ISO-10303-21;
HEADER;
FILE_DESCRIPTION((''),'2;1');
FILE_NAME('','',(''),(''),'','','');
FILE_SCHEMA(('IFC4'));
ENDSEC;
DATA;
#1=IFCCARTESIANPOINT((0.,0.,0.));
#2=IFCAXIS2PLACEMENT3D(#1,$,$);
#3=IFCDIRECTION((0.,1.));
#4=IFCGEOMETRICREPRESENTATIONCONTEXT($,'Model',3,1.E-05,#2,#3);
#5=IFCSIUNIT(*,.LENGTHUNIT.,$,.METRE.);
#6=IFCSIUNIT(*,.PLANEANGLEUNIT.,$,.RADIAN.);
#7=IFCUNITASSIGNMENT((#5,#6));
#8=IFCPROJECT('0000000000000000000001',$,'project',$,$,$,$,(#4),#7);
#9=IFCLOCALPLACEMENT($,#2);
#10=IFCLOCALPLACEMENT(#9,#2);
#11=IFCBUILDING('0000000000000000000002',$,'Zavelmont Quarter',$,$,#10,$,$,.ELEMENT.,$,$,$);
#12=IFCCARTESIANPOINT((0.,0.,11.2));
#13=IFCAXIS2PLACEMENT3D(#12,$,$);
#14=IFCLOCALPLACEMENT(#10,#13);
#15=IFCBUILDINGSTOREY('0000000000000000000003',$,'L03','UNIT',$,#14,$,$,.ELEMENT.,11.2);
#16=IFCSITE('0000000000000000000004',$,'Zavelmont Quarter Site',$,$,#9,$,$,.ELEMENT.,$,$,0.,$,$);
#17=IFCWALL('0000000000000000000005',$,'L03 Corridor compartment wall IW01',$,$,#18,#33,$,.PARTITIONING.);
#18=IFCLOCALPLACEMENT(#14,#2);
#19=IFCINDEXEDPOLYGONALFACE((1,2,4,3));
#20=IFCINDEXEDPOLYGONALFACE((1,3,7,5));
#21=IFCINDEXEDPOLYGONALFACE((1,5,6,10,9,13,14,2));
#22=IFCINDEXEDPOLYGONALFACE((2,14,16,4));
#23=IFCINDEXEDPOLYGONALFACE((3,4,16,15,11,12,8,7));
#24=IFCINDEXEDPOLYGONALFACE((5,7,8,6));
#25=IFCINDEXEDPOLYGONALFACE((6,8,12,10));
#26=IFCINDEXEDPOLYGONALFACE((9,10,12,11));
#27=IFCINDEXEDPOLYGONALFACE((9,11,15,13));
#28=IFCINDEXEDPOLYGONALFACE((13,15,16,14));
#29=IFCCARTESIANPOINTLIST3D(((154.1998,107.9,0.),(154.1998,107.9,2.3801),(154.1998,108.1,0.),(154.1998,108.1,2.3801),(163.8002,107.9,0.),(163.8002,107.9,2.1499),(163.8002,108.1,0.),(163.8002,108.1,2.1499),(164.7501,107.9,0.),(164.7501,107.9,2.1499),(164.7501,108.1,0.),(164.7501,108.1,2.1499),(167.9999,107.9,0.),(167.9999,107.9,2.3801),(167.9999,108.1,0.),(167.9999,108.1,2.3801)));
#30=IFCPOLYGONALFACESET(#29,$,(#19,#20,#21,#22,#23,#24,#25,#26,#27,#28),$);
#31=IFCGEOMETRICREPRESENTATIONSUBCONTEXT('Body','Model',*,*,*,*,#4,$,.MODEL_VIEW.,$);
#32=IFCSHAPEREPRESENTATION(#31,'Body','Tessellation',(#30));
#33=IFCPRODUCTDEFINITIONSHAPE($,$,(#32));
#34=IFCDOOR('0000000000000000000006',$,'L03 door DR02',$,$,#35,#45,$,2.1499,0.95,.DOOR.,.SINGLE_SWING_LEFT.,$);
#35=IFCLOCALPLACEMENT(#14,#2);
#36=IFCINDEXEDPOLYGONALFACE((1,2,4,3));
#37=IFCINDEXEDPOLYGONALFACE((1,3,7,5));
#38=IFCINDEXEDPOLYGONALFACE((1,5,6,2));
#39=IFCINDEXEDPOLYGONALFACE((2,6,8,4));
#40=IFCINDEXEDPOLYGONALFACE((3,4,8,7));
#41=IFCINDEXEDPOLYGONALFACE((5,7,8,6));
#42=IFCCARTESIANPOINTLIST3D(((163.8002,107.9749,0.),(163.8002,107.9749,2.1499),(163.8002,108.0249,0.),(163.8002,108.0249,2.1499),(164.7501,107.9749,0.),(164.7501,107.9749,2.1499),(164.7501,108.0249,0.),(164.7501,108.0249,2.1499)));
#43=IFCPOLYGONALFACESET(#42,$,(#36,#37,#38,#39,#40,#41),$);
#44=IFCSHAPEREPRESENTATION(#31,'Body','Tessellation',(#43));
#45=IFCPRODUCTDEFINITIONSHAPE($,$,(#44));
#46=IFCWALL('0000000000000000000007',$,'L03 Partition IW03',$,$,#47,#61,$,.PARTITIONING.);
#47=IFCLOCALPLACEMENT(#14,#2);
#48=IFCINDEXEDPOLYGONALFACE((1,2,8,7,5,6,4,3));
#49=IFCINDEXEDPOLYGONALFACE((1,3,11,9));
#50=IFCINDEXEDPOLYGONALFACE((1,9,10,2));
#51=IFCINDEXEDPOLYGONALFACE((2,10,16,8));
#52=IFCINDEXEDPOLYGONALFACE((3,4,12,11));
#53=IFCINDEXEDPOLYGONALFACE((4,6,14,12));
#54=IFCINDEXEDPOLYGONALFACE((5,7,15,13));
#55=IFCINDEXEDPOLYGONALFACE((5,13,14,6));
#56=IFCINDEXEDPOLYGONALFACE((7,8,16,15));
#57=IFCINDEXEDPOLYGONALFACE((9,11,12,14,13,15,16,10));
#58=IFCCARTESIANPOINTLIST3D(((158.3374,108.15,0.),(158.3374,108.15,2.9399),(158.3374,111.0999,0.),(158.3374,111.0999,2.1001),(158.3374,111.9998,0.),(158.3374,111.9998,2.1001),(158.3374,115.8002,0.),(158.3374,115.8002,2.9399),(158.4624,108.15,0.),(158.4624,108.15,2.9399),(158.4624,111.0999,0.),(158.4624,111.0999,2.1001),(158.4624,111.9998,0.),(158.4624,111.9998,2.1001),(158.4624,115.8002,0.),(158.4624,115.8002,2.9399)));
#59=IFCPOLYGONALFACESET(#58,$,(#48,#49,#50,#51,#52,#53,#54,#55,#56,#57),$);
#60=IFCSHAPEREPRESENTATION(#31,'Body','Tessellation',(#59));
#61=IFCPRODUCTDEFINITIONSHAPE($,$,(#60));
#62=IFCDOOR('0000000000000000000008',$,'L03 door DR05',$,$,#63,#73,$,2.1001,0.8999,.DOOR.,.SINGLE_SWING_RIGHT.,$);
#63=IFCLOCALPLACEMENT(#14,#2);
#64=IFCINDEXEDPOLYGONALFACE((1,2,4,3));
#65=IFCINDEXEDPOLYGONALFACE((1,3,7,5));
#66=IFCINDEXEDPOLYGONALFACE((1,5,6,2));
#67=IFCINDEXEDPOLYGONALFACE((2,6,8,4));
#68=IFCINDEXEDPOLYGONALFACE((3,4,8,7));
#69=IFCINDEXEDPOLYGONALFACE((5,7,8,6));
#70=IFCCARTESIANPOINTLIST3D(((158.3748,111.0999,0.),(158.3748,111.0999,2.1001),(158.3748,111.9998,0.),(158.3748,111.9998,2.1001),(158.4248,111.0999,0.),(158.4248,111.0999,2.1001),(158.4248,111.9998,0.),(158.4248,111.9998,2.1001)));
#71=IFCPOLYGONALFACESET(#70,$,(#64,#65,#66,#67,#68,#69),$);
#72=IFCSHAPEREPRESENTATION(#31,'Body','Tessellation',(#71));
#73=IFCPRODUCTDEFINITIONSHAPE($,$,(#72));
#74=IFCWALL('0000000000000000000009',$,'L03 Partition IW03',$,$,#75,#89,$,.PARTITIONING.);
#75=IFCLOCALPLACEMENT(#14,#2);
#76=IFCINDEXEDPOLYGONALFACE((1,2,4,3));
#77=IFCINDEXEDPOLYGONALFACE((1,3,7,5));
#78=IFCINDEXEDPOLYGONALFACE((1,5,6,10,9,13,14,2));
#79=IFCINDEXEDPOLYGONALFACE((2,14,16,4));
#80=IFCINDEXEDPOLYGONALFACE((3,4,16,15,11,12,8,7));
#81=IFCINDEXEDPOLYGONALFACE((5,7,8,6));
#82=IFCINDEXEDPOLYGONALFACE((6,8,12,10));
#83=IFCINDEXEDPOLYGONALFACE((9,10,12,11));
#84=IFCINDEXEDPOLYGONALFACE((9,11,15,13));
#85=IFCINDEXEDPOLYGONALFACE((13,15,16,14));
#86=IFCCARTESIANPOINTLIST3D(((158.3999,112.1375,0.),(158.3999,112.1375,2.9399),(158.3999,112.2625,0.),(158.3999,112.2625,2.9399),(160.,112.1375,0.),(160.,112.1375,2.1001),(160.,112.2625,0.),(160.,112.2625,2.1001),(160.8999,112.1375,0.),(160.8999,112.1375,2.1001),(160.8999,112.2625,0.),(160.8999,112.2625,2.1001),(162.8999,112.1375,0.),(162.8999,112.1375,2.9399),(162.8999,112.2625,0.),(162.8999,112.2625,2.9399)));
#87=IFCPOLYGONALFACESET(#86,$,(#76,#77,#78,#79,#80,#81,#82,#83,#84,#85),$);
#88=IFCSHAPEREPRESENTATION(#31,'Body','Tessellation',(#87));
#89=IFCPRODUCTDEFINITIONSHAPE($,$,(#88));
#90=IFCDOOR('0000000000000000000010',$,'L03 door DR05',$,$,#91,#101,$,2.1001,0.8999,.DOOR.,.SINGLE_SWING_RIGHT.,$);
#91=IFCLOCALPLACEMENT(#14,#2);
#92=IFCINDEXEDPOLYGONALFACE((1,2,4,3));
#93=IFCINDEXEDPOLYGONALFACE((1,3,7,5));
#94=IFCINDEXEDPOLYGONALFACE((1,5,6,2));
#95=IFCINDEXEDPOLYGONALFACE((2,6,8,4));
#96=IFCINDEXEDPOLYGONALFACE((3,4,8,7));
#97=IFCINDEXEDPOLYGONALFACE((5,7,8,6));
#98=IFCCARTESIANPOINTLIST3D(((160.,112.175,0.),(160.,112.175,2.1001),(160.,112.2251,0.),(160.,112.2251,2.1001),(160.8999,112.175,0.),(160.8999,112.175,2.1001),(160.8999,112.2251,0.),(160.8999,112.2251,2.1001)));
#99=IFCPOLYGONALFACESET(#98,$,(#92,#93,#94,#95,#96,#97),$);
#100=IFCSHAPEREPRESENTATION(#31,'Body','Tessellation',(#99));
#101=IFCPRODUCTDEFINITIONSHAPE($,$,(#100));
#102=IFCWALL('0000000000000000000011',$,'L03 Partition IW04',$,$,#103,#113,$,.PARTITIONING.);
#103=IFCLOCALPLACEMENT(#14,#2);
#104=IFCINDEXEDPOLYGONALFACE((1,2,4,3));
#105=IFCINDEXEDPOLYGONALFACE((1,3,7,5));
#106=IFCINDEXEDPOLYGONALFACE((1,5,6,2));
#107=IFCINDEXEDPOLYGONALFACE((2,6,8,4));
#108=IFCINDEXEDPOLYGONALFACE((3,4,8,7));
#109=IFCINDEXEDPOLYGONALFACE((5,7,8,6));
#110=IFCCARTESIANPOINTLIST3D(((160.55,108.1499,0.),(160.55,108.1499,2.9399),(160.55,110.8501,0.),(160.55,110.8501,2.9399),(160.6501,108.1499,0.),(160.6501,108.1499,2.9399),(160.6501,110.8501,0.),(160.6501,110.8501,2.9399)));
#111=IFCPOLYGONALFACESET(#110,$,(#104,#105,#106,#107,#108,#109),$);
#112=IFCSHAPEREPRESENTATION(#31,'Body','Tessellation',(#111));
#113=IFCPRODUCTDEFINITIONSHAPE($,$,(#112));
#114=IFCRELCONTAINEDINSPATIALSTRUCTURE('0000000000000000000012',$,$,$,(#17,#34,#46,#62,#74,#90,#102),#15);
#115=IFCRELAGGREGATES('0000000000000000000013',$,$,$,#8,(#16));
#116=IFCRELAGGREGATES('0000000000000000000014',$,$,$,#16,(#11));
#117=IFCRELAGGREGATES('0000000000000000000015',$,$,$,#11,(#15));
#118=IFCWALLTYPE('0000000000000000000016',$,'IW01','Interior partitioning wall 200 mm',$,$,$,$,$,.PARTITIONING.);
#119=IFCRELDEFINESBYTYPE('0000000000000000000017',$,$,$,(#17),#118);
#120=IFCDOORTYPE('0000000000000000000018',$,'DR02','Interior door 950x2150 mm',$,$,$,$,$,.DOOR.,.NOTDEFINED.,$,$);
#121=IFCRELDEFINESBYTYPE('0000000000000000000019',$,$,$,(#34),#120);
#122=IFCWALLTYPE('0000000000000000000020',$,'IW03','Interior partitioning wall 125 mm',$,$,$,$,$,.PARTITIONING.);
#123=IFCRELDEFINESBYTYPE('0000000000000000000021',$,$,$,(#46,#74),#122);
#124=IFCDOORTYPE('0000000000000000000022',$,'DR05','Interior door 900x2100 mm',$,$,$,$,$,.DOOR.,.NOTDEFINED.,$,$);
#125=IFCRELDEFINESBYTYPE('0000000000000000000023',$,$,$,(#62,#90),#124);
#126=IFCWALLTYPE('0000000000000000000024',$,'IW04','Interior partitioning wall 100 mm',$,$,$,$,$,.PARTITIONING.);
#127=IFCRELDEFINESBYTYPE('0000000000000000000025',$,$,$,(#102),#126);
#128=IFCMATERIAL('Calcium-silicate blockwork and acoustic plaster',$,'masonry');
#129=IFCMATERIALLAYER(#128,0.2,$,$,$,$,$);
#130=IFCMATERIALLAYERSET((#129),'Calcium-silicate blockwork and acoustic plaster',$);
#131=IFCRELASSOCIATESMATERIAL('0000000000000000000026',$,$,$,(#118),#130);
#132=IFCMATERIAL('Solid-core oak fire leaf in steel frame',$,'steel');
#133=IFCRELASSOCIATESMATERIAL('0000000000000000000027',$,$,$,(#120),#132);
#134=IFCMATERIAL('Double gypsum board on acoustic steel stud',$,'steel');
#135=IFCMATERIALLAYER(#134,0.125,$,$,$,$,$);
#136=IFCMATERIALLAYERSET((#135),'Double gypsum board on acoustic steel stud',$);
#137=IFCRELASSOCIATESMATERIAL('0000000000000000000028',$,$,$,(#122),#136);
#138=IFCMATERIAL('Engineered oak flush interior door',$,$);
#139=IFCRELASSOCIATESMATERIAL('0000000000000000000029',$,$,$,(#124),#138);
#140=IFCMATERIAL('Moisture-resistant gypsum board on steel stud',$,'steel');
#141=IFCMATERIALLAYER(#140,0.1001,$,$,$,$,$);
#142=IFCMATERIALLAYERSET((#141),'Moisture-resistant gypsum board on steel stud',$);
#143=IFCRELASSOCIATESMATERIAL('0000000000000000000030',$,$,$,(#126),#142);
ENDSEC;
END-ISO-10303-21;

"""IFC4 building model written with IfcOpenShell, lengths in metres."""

from ifc_helpers import new_model, si_unit, direction, frame, frame_2d, origin, origin_with_axes, place, context, subcontext, project, spatial, rectangle, extrude, material, layer, layer_set, type_object, element, fill, save


model = new_model("IFC4")

# Units and contexts
model_context = context("Model", 3, precision=1e-05, world=origin(), true_north=direction((0.0, 1.0)))
body_context = subcontext(model_context, "Body", "Model", "MODEL_VIEW")
ifc_project = project(units=[si_unit("LENGTHUNIT", "METRE"), si_unit("PLANEANGLEUNIT", "RADIAN")], contexts=[model_context])

# Site, building, storey
site_placement = place(None, origin())
site = spatial("IfcSite", under=ifc_project, at=site_placement, Name="Zavelmont Quarter Site", CompositionType="ELEMENT", RefElevation=0.0)
building_placement = place(site_placement, origin())
building = spatial("IfcBuilding", under=site, at=building_placement, Name="Zavelmont Quarter", CompositionType="ELEMENT")
storey_placement = place(building_placement, frame((0.0, 0.0, 11.2)))
storey = spatial("IfcBuildingStorey", under=building, at=storey_placement, Name="L03", Description="UNIT", CompositionType="ELEMENT", Elevation=11.2)

# Shared definitions
ifc_material_1 = material(Name="Calcium-silicate blockwork and acoustic plaster", Category="masonry")
ifc_layer_1 = layer(ifc_material_1, 0.2)
ifc_layer_set_1 = layer_set([ifc_layer_1], Name="Calcium-silicate blockwork and acoustic plaster")
wall_type_1 = type_object("IfcWallType", Name="IW01", Description="Interior partitioning wall 200 mm", PredefinedType="PARTITIONING", material=ifc_layer_set_1)

# Walls, openings, doors
wall_1_placement = place(storey_placement, frame((154.2, 108.0, 0.0), z_axis=(0.0, 0.0, 1.0), x_axis=(1.0, 0.0, 0.0)))
wall_1 = element("IfcWall", 1, at=wall_1_placement, inside=storey, type_object=wall_type_1, Name="L03 Corridor compartment wall IW01", PredefinedType="PARTITIONING", context=body_context, shape_type="SweptSolid", body=[
    extrude(rectangle(XDim=13.8, YDim=0.2, at=frame_2d((6.8999, 0.0))), origin(), (0.0, 0.0, 1.0), 2.3801),
])
opening_1_placement = place(wall_1_placement, frame((9.6001, 0.0, 0.0)))
opening_1 = element("IfcOpeningElement", 2, at=opening_1_placement, cuts=wall_1, PredefinedType="OPENING", context=body_context, shape_type="SweptSolid", body=[
    extrude(rectangle(XDim=0.95, YDim=2.1499, at=frame_2d((0.4751, 1.075))), frame((0.0, 0.1118, 0.0), z_axis=(0.0, -1.0, 0.0), x_axis=(1.0, 0.0, 0.0)), (0.0, 0.0, 1.0), 0.2239),
])
ifc_material_2 = material(Name="Solid-core oak fire leaf in steel frame", Category="steel")
door_type_1 = type_object("IfcDoorType", Name="DR02", Description="Interior door 950x2150 mm", OperationType="NOTDEFINED", PredefinedType="DOOR", material=ifc_material_2)
door_1_placement = place(opening_1_placement, origin_with_axes())
door_1 = element("IfcDoor", 3, at=door_1_placement, inside=storey, type_object=door_type_1, Name="L03 door DR02", OperationType="SINGLE_SWING_LEFT", OverallHeight=2.1499, OverallWidth=0.95, PredefinedType="DOOR", context=body_context, shape_type="SweptSolid", body=[
    extrude(rectangle(XDim=0.95, YDim=2.1499, at=frame_2d((0.4751, 1.075))), frame((0.0, 0.0249, 0.0), z_axis=(0.0, -1.0, 0.0), x_axis=(1.0, 0.0, 0.0)), (0.0, 0.0, 1.0), 0.05),
])
fill(opening_1, door_1)
ifc_material_3 = material(Name="Double gypsum board on acoustic steel stud", Category="steel")
ifc_layer_2 = layer(ifc_material_3, 0.125)
ifc_layer_set_2 = layer_set([ifc_layer_2], Name="Double gypsum board on acoustic steel stud")
wall_type_2 = type_object("IfcWallType", Name="IW03", Description="Interior partitioning wall 125 mm", PredefinedType="PARTITIONING", material=ifc_layer_set_2)
wall_2_placement = place(storey_placement, frame((158.3999, 108.1499, 0.0), z_axis=(0.0, 0.0, 1.0), x_axis=(0.0, 1.0, 0.0)))
wall_2 = element("IfcWall", 4, at=wall_2_placement, inside=storey, type_object=wall_type_2, Name="L03 Partition IW03", PredefinedType="PARTITIONING", context=body_context, shape_type="SweptSolid", body=[
    extrude(rectangle(XDim=7.6501, YDim=0.125, at=frame_2d((3.8252, 0.0))), origin(), (0.0, 0.0, 1.0), 2.9399),
])
opening_2_placement = place(wall_2_placement, frame((2.95, 0.0, 0.0)))
opening_2 = element("IfcOpeningElement", 5, at=opening_2_placement, cuts=wall_2, PredefinedType="OPENING", context=body_context, shape_type="SweptSolid", body=[
    extrude(rectangle(XDim=0.8999, YDim=2.1001, at=frame_2d((0.45, 1.05))), frame((0.0, 0.0745, 0.0), z_axis=(0.0, -1.0, 0.0), x_axis=(1.0, 0.0, 0.0)), (0.0, 0.0, 1.0), 0.1489),
])
ifc_material_4 = material(Name="Engineered oak flush interior door")
door_type_2 = type_object("IfcDoorType", Name="DR05", Description="Interior door 900x2100 mm", OperationType="NOTDEFINED", PredefinedType="DOOR", material=ifc_material_4)
door_2_placement = place(opening_2_placement, frame((0.8999, 0.0, 0.0), z_axis=(0.0, 0.0, 1.0), x_axis=(-1.0, 0.0, 0.0)))
door_2 = element("IfcDoor", 6, at=door_2_placement, inside=storey, type_object=door_type_2, Name="L03 door DR05", OperationType="SINGLE_SWING_RIGHT", OverallHeight=2.1001, OverallWidth=0.8999, PredefinedType="DOOR", context=body_context, shape_type="SweptSolid", body=[
    extrude(rectangle(XDim=0.8999, YDim=2.1001, at=frame_2d((0.45, 1.05))), frame((0.0, 0.0249, 0.0), z_axis=(0.0, -1.0, 0.0), x_axis=(1.0, 0.0, 0.0)), (0.0, 0.0, 1.0), 0.05),
])
fill(opening_2, door_2)
wall_3_placement = place(storey_placement, frame((158.3999, 112.2, 0.0), z_axis=(0.0, 0.0, 1.0), x_axis=(1.0, 0.0, 0.0)))
wall_3 = element("IfcWall", 7, at=wall_3_placement, inside=storey, type_object=wall_type_2, Name="L03 Partition IW03", PredefinedType="PARTITIONING", context=body_context, shape_type="SweptSolid", body=[
    extrude(rectangle(XDim=4.5, YDim=0.125, at=frame_2d((2.25, 0.0))), origin(), (0.0, 0.0, 1.0), 2.9399),
])
opening_3_placement = place(wall_3_placement, frame((1.6001, 0.0, 0.0)))
opening_3 = element("IfcOpeningElement", 8, at=opening_3_placement, cuts=wall_3, PredefinedType="OPENING", context=body_context, shape_type="SweptSolid", body=[
    extrude(rectangle(XDim=0.8999, YDim=2.1001, at=frame_2d((0.45, 1.05))), frame((0.0, 0.0745, 0.0), z_axis=(0.0, -1.0, 0.0), x_axis=(1.0, 0.0, 0.0)), (0.0, 0.0, 1.0), 0.1489),
])
door_3_placement = place(opening_3_placement, frame((0.8999, 0.0, 0.0), z_axis=(0.0, 0.0, 1.0), x_axis=(-1.0, 0.0, 0.0)))
door_3 = element("IfcDoor", 9, at=door_3_placement, inside=storey, type_object=door_type_2, Name="L03 door DR05", OperationType="SINGLE_SWING_RIGHT", OverallHeight=2.1001, OverallWidth=0.8999, PredefinedType="DOOR", context=body_context, shape_type="SweptSolid", body=[
    extrude(rectangle(XDim=0.8999, YDim=2.1001, at=frame_2d((0.45, 1.05))), frame((0.0, 0.0249, 0.0), z_axis=(0.0, -1.0, 0.0), x_axis=(1.0, 0.0, 0.0)), (0.0, 0.0, 1.0), 0.05),
])
fill(opening_3, door_3)

# Wall
ifc_material_5 = material(Name="Moisture-resistant gypsum board on steel stud", Category="steel")
ifc_layer_3 = layer(ifc_material_5, 0.1001)
ifc_layer_set_3 = layer_set([ifc_layer_3], Name="Moisture-resistant gypsum board on steel stud")
wall_type_3 = type_object("IfcWallType", Name="IW04", Description="Interior partitioning wall 100 mm", PredefinedType="PARTITIONING", material=ifc_layer_set_3)
wall_4_placement = place(storey_placement, frame((160.6001, 108.1499, 0.0), z_axis=(0.0, 0.0, 1.0), x_axis=(0.0, 1.0, 0.0)))
element("IfcWall", 10, at=wall_4_placement, inside=storey, type_object=wall_type_3, Name="L03 Partition IW04", PredefinedType="PARTITIONING", context=body_context, shape_type="SweptSolid", body=[
    extrude(rectangle(XDim=2.7002, YDim=0.1001, at=frame_2d((1.3501, 0.0))), origin(), (0.0, 0.0, 1.0), 2.9399),
])

save(model, "model.ifc")
